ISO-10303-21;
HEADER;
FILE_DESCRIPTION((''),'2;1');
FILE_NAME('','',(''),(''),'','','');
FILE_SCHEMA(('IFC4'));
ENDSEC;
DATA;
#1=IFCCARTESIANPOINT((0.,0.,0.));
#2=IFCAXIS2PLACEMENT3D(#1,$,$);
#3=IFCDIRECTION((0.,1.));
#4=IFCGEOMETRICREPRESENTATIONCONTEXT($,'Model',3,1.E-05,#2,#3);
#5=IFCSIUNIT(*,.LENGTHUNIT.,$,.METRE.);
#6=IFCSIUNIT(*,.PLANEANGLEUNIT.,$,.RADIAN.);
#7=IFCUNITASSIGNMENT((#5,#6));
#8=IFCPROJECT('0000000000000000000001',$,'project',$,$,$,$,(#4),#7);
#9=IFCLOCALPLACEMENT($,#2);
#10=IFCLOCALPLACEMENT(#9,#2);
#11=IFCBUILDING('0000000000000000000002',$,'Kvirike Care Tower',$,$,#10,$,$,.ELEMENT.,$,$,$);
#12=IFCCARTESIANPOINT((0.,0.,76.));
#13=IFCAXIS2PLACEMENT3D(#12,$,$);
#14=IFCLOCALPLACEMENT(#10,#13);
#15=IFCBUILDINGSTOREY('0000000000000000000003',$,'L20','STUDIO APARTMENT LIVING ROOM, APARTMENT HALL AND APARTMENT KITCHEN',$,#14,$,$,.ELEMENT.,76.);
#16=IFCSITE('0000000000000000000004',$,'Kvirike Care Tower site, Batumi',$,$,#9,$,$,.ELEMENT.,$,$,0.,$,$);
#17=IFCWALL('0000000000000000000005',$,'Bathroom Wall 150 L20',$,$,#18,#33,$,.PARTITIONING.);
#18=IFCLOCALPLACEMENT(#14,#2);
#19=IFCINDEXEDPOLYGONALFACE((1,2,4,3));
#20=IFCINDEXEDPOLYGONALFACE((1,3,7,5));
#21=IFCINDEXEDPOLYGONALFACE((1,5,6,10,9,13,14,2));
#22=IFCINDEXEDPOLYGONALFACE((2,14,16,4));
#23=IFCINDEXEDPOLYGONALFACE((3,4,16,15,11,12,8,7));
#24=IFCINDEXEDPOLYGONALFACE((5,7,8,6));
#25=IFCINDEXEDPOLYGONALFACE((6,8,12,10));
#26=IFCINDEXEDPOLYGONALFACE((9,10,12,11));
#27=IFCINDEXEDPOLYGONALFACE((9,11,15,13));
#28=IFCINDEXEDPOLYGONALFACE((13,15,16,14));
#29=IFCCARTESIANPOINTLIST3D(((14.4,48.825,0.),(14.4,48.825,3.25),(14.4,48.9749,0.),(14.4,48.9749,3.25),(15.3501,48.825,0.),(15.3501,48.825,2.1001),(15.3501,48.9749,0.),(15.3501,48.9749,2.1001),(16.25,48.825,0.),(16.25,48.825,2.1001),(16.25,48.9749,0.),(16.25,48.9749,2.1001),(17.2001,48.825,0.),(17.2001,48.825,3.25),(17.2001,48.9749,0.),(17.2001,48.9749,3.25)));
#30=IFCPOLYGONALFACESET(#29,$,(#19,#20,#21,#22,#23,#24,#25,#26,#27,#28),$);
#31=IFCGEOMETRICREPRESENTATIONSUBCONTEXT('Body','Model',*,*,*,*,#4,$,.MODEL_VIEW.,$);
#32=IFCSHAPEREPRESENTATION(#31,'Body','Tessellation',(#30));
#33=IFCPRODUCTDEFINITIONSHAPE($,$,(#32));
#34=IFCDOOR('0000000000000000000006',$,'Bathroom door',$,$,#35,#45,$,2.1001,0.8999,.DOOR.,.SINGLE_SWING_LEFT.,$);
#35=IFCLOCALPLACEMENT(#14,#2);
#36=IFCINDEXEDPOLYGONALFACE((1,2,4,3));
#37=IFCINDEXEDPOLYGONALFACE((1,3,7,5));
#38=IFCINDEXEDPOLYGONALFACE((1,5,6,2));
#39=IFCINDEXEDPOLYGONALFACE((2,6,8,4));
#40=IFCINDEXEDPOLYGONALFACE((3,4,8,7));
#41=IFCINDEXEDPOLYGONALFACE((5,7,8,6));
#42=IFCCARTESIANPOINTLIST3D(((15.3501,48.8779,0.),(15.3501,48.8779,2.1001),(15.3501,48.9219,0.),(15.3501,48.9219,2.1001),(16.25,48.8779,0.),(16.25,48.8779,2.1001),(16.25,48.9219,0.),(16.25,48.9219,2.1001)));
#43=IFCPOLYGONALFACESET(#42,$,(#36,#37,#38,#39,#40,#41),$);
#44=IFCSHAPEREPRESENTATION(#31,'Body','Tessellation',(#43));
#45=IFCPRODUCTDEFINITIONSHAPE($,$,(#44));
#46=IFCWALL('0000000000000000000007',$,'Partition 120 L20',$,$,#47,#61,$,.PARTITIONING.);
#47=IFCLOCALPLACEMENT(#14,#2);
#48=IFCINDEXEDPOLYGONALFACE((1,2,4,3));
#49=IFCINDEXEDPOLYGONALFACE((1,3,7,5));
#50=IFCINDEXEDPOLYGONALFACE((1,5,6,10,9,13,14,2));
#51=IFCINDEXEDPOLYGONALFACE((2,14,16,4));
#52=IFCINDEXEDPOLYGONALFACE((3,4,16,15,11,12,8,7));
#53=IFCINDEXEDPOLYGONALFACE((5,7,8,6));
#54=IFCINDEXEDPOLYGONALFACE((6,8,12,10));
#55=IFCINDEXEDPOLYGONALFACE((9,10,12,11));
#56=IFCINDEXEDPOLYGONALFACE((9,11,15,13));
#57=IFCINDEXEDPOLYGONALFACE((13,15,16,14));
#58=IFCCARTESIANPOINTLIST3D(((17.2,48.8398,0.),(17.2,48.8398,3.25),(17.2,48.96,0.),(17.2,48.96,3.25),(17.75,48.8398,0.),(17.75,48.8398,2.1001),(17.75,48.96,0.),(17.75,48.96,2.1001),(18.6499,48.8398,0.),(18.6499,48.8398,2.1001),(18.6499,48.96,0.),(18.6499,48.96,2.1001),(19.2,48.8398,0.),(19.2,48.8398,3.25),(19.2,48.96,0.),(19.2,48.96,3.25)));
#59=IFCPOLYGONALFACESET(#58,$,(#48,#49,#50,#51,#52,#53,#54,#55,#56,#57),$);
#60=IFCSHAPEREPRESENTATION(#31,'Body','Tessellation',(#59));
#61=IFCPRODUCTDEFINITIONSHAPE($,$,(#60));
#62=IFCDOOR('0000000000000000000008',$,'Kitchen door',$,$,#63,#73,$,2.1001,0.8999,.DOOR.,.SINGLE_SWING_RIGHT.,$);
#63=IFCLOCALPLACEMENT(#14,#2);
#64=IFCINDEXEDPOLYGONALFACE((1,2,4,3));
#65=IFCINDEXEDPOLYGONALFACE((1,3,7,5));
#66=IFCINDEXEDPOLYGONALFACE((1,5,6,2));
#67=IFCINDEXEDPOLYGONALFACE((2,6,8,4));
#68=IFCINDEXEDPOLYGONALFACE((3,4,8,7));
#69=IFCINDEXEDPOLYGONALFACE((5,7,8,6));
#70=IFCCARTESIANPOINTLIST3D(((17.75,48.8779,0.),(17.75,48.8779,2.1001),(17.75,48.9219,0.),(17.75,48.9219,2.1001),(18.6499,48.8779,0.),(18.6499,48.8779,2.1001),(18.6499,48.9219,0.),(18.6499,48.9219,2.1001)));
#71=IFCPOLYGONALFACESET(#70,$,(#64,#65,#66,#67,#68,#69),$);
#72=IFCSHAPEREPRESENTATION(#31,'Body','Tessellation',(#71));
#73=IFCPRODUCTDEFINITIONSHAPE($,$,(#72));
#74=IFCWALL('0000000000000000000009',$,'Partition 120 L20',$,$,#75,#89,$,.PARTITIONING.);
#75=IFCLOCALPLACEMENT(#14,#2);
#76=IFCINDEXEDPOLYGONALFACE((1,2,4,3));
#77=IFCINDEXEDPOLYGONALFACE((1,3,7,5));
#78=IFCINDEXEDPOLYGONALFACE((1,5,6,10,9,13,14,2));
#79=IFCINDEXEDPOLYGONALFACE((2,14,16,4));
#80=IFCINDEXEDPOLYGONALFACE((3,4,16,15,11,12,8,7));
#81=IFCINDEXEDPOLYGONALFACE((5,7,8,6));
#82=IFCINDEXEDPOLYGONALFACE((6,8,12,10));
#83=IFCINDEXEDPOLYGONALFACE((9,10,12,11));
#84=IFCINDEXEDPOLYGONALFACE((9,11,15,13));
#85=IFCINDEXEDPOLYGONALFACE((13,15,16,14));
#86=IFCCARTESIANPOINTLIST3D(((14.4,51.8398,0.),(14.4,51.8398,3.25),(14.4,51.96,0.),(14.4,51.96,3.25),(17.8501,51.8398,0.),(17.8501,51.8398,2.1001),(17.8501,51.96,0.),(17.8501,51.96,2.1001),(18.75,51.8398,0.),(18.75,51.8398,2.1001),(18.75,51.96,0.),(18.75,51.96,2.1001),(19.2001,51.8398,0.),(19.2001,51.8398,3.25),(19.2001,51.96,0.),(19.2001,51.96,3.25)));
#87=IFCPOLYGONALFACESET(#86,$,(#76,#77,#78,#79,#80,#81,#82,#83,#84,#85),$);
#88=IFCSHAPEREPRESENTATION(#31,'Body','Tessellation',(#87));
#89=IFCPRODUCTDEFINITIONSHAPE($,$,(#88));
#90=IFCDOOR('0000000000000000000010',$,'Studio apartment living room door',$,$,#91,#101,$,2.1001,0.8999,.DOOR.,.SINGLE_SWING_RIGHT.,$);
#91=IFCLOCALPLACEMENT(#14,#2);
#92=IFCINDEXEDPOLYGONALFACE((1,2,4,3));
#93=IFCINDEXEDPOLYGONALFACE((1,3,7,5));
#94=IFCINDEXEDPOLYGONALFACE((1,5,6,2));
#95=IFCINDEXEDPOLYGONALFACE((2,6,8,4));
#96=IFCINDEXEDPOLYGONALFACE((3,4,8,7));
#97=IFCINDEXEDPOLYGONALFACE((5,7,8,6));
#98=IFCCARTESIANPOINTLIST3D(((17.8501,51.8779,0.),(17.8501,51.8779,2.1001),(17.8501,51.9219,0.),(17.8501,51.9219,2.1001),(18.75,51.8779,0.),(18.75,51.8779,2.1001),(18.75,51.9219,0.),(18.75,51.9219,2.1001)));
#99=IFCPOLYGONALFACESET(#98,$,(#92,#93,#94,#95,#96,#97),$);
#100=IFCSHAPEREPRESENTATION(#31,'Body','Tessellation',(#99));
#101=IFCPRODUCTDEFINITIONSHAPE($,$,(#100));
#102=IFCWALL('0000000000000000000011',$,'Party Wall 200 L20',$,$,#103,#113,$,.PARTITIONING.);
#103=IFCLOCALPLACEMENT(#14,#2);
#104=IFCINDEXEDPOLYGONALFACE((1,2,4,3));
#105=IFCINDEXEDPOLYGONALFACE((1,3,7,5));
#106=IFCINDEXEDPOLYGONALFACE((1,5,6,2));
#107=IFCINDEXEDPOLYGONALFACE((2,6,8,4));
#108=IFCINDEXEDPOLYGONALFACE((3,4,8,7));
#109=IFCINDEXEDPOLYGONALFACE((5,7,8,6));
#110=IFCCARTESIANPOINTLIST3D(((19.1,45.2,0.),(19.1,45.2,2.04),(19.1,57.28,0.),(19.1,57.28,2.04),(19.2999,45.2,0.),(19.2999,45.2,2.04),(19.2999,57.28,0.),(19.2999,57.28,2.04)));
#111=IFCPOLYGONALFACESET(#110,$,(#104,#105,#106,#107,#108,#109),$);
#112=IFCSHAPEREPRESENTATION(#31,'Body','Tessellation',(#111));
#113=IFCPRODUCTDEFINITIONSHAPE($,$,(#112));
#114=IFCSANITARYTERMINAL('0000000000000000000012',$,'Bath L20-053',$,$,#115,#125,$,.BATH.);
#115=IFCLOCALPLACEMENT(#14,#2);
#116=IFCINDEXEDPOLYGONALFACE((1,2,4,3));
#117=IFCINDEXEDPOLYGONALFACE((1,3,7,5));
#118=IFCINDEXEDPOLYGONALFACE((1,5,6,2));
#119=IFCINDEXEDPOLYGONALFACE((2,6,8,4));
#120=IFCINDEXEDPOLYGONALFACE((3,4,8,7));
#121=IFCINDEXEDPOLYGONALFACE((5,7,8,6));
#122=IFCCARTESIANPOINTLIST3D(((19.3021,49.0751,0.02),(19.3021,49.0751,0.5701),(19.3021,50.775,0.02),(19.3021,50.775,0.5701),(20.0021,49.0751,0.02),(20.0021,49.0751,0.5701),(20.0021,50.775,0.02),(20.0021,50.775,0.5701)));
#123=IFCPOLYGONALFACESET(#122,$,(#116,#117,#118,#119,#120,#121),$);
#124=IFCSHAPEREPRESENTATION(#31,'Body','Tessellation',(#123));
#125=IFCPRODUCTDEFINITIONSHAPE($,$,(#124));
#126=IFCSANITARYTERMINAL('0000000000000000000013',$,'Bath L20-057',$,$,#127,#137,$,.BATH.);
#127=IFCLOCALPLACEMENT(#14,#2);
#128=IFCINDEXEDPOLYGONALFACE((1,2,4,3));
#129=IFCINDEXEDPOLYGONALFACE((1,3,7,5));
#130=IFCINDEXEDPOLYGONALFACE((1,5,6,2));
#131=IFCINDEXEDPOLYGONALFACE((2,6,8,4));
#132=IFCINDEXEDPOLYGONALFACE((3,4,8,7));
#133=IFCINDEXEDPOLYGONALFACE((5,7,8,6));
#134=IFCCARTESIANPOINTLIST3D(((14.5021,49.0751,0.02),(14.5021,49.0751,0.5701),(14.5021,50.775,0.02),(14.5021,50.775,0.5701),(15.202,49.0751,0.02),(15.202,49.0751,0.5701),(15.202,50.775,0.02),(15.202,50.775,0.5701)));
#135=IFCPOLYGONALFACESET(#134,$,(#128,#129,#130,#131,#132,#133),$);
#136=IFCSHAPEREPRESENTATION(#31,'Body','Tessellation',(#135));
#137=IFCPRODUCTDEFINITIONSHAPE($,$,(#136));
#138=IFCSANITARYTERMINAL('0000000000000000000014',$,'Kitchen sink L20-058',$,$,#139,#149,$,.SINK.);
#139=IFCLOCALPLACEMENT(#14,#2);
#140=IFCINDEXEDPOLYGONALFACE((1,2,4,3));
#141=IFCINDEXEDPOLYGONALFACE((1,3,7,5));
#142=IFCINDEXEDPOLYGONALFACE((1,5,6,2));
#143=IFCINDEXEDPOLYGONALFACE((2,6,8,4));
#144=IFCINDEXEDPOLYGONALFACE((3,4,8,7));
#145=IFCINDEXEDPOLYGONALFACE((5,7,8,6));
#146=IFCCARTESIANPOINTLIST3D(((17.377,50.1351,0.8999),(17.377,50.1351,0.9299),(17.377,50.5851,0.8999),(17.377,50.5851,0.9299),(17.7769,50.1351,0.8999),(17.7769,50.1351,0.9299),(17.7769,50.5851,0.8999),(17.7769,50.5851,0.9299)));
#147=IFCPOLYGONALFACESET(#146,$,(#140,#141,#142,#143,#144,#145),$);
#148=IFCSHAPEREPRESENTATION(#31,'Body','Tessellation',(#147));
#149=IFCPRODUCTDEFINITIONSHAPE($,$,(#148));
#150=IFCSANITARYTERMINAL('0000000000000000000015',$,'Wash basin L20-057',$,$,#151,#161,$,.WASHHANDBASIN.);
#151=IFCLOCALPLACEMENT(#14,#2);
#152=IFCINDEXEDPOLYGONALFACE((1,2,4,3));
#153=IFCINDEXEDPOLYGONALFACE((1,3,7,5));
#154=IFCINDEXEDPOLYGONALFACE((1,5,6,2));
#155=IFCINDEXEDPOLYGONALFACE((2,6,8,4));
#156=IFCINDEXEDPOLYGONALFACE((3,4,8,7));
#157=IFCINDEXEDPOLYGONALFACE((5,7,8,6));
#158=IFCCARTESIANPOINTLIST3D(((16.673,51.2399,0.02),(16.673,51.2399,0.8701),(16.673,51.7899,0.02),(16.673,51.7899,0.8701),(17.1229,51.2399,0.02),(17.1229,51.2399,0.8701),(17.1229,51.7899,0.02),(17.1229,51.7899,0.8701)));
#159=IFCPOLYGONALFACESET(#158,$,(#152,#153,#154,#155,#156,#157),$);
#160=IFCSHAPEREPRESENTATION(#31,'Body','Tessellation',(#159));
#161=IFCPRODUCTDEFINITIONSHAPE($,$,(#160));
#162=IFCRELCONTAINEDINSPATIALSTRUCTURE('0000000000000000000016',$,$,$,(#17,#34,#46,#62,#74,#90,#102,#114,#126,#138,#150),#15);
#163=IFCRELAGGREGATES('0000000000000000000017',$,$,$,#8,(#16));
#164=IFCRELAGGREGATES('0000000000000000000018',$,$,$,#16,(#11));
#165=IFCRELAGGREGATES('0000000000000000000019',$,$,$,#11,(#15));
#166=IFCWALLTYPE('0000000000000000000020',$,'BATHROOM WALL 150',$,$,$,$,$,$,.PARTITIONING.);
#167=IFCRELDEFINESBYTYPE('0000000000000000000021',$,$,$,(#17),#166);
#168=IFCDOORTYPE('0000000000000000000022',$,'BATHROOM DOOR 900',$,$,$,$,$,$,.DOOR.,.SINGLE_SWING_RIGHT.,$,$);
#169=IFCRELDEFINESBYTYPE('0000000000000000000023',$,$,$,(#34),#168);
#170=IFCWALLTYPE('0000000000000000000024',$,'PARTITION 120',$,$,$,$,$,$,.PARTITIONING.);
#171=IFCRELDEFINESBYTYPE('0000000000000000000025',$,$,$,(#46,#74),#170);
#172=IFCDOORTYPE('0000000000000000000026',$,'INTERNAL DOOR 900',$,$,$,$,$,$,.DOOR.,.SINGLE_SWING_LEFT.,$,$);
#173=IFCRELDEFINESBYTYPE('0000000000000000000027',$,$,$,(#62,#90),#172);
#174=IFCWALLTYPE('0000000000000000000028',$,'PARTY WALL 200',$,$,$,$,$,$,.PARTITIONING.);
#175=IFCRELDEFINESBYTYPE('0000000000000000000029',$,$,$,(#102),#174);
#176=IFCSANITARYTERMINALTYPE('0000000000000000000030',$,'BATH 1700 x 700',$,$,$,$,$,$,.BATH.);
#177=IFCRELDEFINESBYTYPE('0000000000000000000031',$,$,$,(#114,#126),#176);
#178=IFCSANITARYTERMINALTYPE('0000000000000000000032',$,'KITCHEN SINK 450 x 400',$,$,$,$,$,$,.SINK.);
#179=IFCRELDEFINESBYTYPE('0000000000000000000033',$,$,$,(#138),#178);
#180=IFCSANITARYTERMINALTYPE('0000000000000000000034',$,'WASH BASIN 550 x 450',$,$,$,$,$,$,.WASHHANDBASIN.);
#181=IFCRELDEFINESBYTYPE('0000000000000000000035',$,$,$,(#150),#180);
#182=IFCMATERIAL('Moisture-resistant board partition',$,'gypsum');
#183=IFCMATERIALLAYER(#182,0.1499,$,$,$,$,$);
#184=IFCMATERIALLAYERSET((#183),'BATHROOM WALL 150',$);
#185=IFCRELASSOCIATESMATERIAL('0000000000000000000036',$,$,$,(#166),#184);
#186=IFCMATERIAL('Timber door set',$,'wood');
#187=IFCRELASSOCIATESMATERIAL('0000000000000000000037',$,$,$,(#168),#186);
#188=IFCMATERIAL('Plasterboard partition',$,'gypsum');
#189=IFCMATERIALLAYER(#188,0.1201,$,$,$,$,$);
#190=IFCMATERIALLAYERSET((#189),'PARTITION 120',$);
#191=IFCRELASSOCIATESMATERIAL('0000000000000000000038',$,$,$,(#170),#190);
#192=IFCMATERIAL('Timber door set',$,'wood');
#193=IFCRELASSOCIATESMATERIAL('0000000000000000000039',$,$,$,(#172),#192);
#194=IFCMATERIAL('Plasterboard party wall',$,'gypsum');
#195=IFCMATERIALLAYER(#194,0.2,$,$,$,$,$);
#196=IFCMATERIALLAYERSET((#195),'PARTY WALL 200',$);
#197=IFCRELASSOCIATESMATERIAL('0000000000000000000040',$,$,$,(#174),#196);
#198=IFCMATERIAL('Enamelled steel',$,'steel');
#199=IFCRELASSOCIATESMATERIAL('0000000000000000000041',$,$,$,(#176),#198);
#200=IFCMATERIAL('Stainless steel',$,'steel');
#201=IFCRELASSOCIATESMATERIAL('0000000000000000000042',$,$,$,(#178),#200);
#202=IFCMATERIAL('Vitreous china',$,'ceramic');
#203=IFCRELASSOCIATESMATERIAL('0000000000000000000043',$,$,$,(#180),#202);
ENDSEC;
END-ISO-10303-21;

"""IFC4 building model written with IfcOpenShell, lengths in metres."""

from ifc_helpers import new_model, si_unit, direction, frame, frame_2d, origin, origin_2d, place, context, subcontext, project, spatial, rectangle, extrude, material, layer, layer_set, type_object, element, fill, save


model = new_model("IFC4")

# Units and contexts
model_context = context("Model", 3, precision=1e-05, world=origin(), true_north=direction((0.0, 1.0)))
body_context = subcontext(model_context, "Body", "Model", "MODEL_VIEW")
ifc_project = project(units=[si_unit("LENGTHUNIT", "METRE"), si_unit("PLANEANGLEUNIT", "RADIAN")], contexts=[model_context])

# Site, building, storey
site_placement = place(None, origin())
site = spatial("IfcSite", under=ifc_project, at=site_placement, Name="Kvirike Care Tower site, Batumi", CompositionType="ELEMENT", RefElevation=0.0)
building_placement = place(site_placement, origin())
building = spatial("IfcBuilding", under=site, at=building_placement, Name="Kvirike Care Tower", CompositionType="ELEMENT")
storey_placement = place(building_placement, frame((0.0, 0.0, 76.0)))
storey = spatial("IfcBuildingStorey", under=building, at=storey_placement, Name="L20", Description="STUDIO APARTMENT LIVING ROOM, APARTMENT HALL AND APARTMENT KITCHEN", CompositionType="ELEMENT", Elevation=76.0)

# Shared definitions
ifc_material_1 = material(Name="Moisture-resistant board partition", Category="gypsum")
ifc_layer_1 = layer(ifc_material_1, 0.1499)
ifc_layer_set_1 = layer_set([ifc_layer_1], Name="BATHROOM WALL 150")
wall_type_1 = type_object("IfcWallType", Name="BATHROOM WALL 150", PredefinedType="PARTITIONING", material=ifc_layer_set_1)

# Walls, openings, doors
wall_1_placement = place(storey_placement, frame((17.2, 48.8999, 0.0), z_axis=(0.0, 0.0, 1.0), x_axis=(-1.0, 0.0, 0.0)))
wall_1 = element("IfcWall", 1, at=wall_1_placement, inside=storey, type_object=wall_type_1, Name="Bathroom Wall 150 L20", PredefinedType="PARTITIONING", context=body_context, shape_type="SweptSolid", body=[
    extrude(rectangle(XDim=2.8, YDim=0.1499, at=frame_2d((1.3999, 0.0))), origin(), (0.0, 0.0, 1.0), 3.25),
])
opening_1_placement = place(wall_1_placement, frame((0.95, 0.0, 0.0)))
opening_1 = element("IfcOpeningElement", 2, at=opening_1_placement, cuts=wall_1, PredefinedType="OPENING", context=body_context, shape_type="SweptSolid", body=[
    extrude(rectangle(XDim=0.8999, YDim=2.1001, at=frame_2d((0.45, 1.05))), frame((0.0, 0.0854, 0.0), z_axis=(0.0, -1.0, 0.0), x_axis=(1.0, 0.0, 0.0)), (0.0, 0.0, 1.0), 0.1709),
])
ifc_material_2 = material(Name="Timber door set", Category="wood")
door_type_1 = type_object("IfcDoorType", Name="BATHROOM DOOR 900", OperationType="SINGLE_SWING_RIGHT", PredefinedType="DOOR", material=ifc_material_2)
door_1_placement = place(opening_1_placement, frame((0.8999, 0.0, 0.0), z_axis=(0.0, 0.0, 1.0), x_axis=(-1.0, 0.0, 0.0)))
door_1 = element("IfcDoor", 3, at=door_1_placement, inside=storey, type_object=door_type_1, Name="Bathroom door", OperationType="SINGLE_SWING_LEFT", OverallHeight=2.1001, OverallWidth=0.8999, PredefinedType="DOOR", context=body_context, shape_type="SweptSolid", body=[
    extrude(rectangle(XDim=0.8999, YDim=2.1001, at=frame_2d((0.45, 1.05))), frame((0.0, 0.022, 0.0), z_axis=(0.0, -1.0, 0.0), x_axis=(1.0, 0.0, 0.0)), (0.0, 0.0, 1.0), 0.0439),
])
fill(opening_1, door_1)
ifc_material_3 = material(Name="Plasterboard partition", Category="gypsum")
ifc_layer_2 = layer(ifc_material_3, 0.1201)
ifc_layer_set_2 = layer_set([ifc_layer_2], Name="PARTITION 120")
wall_type_2 = type_object("IfcWallType", Name="PARTITION 120", PredefinedType="PARTITIONING", material=ifc_layer_set_2)
wall_2_placement = place(storey_placement, frame((19.2, 48.8999, 0.0), z_axis=(0.0, 0.0, 1.0), x_axis=(-1.0, 0.0, 0.0)))
wall_2 = element("IfcWall", 4, at=wall_2_placement, inside=storey, type_object=wall_type_2, Name="Partition 120 L20", PredefinedType="PARTITIONING", context=body_context, shape_type="SweptSolid", body=[
    extrude(rectangle(XDim=2.0, YDim=0.1201, at=frame_2d((1.0, 0.0))), origin(), (0.0, 0.0, 1.0), 3.25),
])
opening_2_placement = place(wall_2_placement, frame((0.55, 0.0, 0.0)))
opening_2 = element("IfcOpeningElement", 5, at=opening_2_placement, cuts=wall_2, PredefinedType="OPENING", context=body_context, shape_type="SweptSolid", body=[
    extrude(rectangle(XDim=0.8999, YDim=2.1001, at=frame_2d((0.45, 1.05))), frame((0.0, 0.0706, 0.0), z_axis=(0.0, -1.0, 0.0), x_axis=(1.0, 0.0, 0.0)), (0.0, 0.0, 1.0), 0.1411),
])
ifc_material_4 = material(Name="Timber door set", Category="wood")
door_type_2 = type_object("IfcDoorType", Name="INTERNAL DOOR 900", OperationType="SINGLE_SWING_LEFT", PredefinedType="DOOR", material=ifc_material_4)
door_2_placement = place(opening_2_placement, frame((0.8999, 0.0, 0.0), z_axis=(0.0, 0.0, 1.0), x_axis=(-1.0, 0.0, 0.0)))
door_2 = element("IfcDoor", 6, at=door_2_placement, inside=storey, type_object=door_type_2, Name="Kitchen door", OperationType="SINGLE_SWING_RIGHT", OverallHeight=2.1001, OverallWidth=0.8999, PredefinedType="DOOR", context=body_context, shape_type="SweptSolid", body=[
    extrude(rectangle(XDim=0.8999, YDim=2.1001, at=frame_2d((0.45, 1.05))), frame((0.0, 0.022, 0.0), z_axis=(0.0, -1.0, 0.0), x_axis=(1.0, 0.0, 0.0)), (0.0, 0.0, 1.0), 0.0439),
])
fill(opening_2, door_2)
wall_3_placement = place(storey_placement, frame((19.2, 51.8999, 0.0), z_axis=(0.0, 0.0, 1.0), x_axis=(-1.0, 0.0, 0.0)))
wall_3 = element("IfcWall", 7, at=wall_3_placement, inside=storey, type_object=wall_type_2, Name="Partition 120 L20", PredefinedType="PARTITIONING", context=body_context, shape_type="SweptSolid", body=[
    extrude(rectangle(XDim=4.8, YDim=0.1201, at=frame_2d((2.3999, 0.0))), origin(), (0.0, 0.0, 1.0), 3.25),
])
opening_3_placement = place(wall_3_placement, frame((0.45, 0.0, 0.0)))
opening_3 = element("IfcOpeningElement", 8, at=opening_3_placement, cuts=wall_3, PredefinedType="OPENING", context=body_context, shape_type="SweptSolid", body=[
    extrude(rectangle(XDim=0.8999, YDim=2.1001, at=frame_2d((0.45, 1.05))), frame((0.0, 0.0706, 0.0), z_axis=(0.0, -1.0, 0.0), x_axis=(1.0, 0.0, 0.0)), (0.0, 0.0, 1.0), 0.1411),
])
door_3_placement = place(opening_3_placement, origin())
door_3 = element("IfcDoor", 9, at=door_3_placement, inside=storey, type_object=door_type_2, Name="Studio apartment living room door", OperationType="SINGLE_SWING_RIGHT", OverallHeight=2.1001, OverallWidth=0.8999, PredefinedType="DOOR", context=body_context, shape_type="SweptSolid", body=[
    extrude(rectangle(XDim=0.8999, YDim=2.1001, at=frame_2d((0.45, 1.05))), frame((0.0, 0.022, 0.0), z_axis=(0.0, -1.0, 0.0), x_axis=(1.0, 0.0, 0.0)), (0.0, 0.0, 1.0), 0.0439),
])
fill(opening_3, door_3)

# Wall
ifc_material_5 = material(Name="Plasterboard party wall", Category="gypsum")
ifc_layer_3 = layer(ifc_material_5, 0.2)
ifc_layer_set_3 = layer_set([ifc_layer_3], Name="PARTY WALL 200")
wall_type_3 = type_object("IfcWallType", Name="PARTY WALL 200", PredefinedType="PARTITIONING", material=ifc_layer_set_3)
wall_4_placement = place(storey_placement, frame((19.2, 57.28, 0.0), z_axis=(0.0, 0.0, 1.0), x_axis=(0.0, -1.0, 0.0)))
element("IfcWall", 10, at=wall_4_placement, inside=storey, type_object=wall_type_3, Name="Party Wall 200 L20", PredefinedType="PARTITIONING", context=body_context, shape_type="SweptSolid", body=[
    extrude(rectangle(XDim=12.0801, YDim=0.2, at=frame_2d((6.04, 0.0))), origin(), (0.0, 0.0, 1.0), 2.04),
])

# Sanitary terminals
ifc_material_6 = material(Name="Enamelled steel", Category="steel")
sanitary_terminal_type_1 = type_object("IfcSanitaryTerminalType", Name="BATH 1700 x 700", PredefinedType="BATH", material=ifc_material_6)
for number, where, z_axis, x_axis, name in (
    (11, (19.6521, 49.925, 0.02), (0.0, 0.0, 1.0), (0.0, 1.0, 0.0), "Bath L20-053"),
    (12, (14.8521, 49.925, 0.02), (0.0, 0.0, 1.0), (0.0, 1.0, 0.0), "Bath L20-057"),
):
    element("IfcSanitaryTerminal", number, at=place(storey_placement, frame(where, z_axis=z_axis, x_axis=x_axis)), inside=storey, type_object=sanitary_terminal_type_1, Name=name, PredefinedType="BATH", context=body_context, shape_type="SweptSolid", body=[
        extrude(rectangle(XDim=1.7, YDim=0.7, at=origin_2d()), origin(), (0.0, 0.0, 1.0), 0.55),
    ])
ifc_material_7 = material(Name="Stainless steel", Category="steel")
sanitary_terminal_type_2 = type_object("IfcSanitaryTerminalType", Name="KITCHEN SINK 450 x 400", PredefinedType="SINK", material=ifc_material_7)
sanitary_terminal_1_placement = place(storey_placement, frame((17.5769, 50.3601, 0.8999), z_axis=(0.0, 0.0, 1.0), x_axis=(0.0, 1.0, 0.0)))
element("IfcSanitaryTerminal", 13, at=sanitary_terminal_1_placement, inside=storey, type_object=sanitary_terminal_type_2, Name="Kitchen sink L20-058", PredefinedType="SINK", context=body_context, shape_type="SweptSolid", body=[
    extrude(rectangle(XDim=0.45, YDim=0.3999, at=origin_2d()), origin(), (0.0, 0.0, 1.0), 0.03),
])
ifc_material_8 = material(Name="Vitreous china", Category="ceramic")
sanitary_terminal_type_3 = type_object("IfcSanitaryTerminalType", Name="WASH BASIN 550 x 450", PredefinedType="WASHHANDBASIN", material=ifc_material_8)
sanitary_terminal_2_placement = place(storey_placement, frame((16.8979, 51.5149, 0.02), z_axis=(0.0, 0.0, 1.0), x_axis=(0.0, -1.0, 0.0)))
element("IfcSanitaryTerminal", 14, at=sanitary_terminal_2_placement, inside=storey, type_object=sanitary_terminal_type_3, Name="Wash basin L20-057", PredefinedType="WASHHANDBASIN", context=body_context, shape_type="SweptSolid", body=[
    extrude(rectangle(XDim=0.55, YDim=0.45, at=origin_2d()), origin(), (0.0, 0.0, 1.0), 0.8501),
])

save(model, "model.ifc")
